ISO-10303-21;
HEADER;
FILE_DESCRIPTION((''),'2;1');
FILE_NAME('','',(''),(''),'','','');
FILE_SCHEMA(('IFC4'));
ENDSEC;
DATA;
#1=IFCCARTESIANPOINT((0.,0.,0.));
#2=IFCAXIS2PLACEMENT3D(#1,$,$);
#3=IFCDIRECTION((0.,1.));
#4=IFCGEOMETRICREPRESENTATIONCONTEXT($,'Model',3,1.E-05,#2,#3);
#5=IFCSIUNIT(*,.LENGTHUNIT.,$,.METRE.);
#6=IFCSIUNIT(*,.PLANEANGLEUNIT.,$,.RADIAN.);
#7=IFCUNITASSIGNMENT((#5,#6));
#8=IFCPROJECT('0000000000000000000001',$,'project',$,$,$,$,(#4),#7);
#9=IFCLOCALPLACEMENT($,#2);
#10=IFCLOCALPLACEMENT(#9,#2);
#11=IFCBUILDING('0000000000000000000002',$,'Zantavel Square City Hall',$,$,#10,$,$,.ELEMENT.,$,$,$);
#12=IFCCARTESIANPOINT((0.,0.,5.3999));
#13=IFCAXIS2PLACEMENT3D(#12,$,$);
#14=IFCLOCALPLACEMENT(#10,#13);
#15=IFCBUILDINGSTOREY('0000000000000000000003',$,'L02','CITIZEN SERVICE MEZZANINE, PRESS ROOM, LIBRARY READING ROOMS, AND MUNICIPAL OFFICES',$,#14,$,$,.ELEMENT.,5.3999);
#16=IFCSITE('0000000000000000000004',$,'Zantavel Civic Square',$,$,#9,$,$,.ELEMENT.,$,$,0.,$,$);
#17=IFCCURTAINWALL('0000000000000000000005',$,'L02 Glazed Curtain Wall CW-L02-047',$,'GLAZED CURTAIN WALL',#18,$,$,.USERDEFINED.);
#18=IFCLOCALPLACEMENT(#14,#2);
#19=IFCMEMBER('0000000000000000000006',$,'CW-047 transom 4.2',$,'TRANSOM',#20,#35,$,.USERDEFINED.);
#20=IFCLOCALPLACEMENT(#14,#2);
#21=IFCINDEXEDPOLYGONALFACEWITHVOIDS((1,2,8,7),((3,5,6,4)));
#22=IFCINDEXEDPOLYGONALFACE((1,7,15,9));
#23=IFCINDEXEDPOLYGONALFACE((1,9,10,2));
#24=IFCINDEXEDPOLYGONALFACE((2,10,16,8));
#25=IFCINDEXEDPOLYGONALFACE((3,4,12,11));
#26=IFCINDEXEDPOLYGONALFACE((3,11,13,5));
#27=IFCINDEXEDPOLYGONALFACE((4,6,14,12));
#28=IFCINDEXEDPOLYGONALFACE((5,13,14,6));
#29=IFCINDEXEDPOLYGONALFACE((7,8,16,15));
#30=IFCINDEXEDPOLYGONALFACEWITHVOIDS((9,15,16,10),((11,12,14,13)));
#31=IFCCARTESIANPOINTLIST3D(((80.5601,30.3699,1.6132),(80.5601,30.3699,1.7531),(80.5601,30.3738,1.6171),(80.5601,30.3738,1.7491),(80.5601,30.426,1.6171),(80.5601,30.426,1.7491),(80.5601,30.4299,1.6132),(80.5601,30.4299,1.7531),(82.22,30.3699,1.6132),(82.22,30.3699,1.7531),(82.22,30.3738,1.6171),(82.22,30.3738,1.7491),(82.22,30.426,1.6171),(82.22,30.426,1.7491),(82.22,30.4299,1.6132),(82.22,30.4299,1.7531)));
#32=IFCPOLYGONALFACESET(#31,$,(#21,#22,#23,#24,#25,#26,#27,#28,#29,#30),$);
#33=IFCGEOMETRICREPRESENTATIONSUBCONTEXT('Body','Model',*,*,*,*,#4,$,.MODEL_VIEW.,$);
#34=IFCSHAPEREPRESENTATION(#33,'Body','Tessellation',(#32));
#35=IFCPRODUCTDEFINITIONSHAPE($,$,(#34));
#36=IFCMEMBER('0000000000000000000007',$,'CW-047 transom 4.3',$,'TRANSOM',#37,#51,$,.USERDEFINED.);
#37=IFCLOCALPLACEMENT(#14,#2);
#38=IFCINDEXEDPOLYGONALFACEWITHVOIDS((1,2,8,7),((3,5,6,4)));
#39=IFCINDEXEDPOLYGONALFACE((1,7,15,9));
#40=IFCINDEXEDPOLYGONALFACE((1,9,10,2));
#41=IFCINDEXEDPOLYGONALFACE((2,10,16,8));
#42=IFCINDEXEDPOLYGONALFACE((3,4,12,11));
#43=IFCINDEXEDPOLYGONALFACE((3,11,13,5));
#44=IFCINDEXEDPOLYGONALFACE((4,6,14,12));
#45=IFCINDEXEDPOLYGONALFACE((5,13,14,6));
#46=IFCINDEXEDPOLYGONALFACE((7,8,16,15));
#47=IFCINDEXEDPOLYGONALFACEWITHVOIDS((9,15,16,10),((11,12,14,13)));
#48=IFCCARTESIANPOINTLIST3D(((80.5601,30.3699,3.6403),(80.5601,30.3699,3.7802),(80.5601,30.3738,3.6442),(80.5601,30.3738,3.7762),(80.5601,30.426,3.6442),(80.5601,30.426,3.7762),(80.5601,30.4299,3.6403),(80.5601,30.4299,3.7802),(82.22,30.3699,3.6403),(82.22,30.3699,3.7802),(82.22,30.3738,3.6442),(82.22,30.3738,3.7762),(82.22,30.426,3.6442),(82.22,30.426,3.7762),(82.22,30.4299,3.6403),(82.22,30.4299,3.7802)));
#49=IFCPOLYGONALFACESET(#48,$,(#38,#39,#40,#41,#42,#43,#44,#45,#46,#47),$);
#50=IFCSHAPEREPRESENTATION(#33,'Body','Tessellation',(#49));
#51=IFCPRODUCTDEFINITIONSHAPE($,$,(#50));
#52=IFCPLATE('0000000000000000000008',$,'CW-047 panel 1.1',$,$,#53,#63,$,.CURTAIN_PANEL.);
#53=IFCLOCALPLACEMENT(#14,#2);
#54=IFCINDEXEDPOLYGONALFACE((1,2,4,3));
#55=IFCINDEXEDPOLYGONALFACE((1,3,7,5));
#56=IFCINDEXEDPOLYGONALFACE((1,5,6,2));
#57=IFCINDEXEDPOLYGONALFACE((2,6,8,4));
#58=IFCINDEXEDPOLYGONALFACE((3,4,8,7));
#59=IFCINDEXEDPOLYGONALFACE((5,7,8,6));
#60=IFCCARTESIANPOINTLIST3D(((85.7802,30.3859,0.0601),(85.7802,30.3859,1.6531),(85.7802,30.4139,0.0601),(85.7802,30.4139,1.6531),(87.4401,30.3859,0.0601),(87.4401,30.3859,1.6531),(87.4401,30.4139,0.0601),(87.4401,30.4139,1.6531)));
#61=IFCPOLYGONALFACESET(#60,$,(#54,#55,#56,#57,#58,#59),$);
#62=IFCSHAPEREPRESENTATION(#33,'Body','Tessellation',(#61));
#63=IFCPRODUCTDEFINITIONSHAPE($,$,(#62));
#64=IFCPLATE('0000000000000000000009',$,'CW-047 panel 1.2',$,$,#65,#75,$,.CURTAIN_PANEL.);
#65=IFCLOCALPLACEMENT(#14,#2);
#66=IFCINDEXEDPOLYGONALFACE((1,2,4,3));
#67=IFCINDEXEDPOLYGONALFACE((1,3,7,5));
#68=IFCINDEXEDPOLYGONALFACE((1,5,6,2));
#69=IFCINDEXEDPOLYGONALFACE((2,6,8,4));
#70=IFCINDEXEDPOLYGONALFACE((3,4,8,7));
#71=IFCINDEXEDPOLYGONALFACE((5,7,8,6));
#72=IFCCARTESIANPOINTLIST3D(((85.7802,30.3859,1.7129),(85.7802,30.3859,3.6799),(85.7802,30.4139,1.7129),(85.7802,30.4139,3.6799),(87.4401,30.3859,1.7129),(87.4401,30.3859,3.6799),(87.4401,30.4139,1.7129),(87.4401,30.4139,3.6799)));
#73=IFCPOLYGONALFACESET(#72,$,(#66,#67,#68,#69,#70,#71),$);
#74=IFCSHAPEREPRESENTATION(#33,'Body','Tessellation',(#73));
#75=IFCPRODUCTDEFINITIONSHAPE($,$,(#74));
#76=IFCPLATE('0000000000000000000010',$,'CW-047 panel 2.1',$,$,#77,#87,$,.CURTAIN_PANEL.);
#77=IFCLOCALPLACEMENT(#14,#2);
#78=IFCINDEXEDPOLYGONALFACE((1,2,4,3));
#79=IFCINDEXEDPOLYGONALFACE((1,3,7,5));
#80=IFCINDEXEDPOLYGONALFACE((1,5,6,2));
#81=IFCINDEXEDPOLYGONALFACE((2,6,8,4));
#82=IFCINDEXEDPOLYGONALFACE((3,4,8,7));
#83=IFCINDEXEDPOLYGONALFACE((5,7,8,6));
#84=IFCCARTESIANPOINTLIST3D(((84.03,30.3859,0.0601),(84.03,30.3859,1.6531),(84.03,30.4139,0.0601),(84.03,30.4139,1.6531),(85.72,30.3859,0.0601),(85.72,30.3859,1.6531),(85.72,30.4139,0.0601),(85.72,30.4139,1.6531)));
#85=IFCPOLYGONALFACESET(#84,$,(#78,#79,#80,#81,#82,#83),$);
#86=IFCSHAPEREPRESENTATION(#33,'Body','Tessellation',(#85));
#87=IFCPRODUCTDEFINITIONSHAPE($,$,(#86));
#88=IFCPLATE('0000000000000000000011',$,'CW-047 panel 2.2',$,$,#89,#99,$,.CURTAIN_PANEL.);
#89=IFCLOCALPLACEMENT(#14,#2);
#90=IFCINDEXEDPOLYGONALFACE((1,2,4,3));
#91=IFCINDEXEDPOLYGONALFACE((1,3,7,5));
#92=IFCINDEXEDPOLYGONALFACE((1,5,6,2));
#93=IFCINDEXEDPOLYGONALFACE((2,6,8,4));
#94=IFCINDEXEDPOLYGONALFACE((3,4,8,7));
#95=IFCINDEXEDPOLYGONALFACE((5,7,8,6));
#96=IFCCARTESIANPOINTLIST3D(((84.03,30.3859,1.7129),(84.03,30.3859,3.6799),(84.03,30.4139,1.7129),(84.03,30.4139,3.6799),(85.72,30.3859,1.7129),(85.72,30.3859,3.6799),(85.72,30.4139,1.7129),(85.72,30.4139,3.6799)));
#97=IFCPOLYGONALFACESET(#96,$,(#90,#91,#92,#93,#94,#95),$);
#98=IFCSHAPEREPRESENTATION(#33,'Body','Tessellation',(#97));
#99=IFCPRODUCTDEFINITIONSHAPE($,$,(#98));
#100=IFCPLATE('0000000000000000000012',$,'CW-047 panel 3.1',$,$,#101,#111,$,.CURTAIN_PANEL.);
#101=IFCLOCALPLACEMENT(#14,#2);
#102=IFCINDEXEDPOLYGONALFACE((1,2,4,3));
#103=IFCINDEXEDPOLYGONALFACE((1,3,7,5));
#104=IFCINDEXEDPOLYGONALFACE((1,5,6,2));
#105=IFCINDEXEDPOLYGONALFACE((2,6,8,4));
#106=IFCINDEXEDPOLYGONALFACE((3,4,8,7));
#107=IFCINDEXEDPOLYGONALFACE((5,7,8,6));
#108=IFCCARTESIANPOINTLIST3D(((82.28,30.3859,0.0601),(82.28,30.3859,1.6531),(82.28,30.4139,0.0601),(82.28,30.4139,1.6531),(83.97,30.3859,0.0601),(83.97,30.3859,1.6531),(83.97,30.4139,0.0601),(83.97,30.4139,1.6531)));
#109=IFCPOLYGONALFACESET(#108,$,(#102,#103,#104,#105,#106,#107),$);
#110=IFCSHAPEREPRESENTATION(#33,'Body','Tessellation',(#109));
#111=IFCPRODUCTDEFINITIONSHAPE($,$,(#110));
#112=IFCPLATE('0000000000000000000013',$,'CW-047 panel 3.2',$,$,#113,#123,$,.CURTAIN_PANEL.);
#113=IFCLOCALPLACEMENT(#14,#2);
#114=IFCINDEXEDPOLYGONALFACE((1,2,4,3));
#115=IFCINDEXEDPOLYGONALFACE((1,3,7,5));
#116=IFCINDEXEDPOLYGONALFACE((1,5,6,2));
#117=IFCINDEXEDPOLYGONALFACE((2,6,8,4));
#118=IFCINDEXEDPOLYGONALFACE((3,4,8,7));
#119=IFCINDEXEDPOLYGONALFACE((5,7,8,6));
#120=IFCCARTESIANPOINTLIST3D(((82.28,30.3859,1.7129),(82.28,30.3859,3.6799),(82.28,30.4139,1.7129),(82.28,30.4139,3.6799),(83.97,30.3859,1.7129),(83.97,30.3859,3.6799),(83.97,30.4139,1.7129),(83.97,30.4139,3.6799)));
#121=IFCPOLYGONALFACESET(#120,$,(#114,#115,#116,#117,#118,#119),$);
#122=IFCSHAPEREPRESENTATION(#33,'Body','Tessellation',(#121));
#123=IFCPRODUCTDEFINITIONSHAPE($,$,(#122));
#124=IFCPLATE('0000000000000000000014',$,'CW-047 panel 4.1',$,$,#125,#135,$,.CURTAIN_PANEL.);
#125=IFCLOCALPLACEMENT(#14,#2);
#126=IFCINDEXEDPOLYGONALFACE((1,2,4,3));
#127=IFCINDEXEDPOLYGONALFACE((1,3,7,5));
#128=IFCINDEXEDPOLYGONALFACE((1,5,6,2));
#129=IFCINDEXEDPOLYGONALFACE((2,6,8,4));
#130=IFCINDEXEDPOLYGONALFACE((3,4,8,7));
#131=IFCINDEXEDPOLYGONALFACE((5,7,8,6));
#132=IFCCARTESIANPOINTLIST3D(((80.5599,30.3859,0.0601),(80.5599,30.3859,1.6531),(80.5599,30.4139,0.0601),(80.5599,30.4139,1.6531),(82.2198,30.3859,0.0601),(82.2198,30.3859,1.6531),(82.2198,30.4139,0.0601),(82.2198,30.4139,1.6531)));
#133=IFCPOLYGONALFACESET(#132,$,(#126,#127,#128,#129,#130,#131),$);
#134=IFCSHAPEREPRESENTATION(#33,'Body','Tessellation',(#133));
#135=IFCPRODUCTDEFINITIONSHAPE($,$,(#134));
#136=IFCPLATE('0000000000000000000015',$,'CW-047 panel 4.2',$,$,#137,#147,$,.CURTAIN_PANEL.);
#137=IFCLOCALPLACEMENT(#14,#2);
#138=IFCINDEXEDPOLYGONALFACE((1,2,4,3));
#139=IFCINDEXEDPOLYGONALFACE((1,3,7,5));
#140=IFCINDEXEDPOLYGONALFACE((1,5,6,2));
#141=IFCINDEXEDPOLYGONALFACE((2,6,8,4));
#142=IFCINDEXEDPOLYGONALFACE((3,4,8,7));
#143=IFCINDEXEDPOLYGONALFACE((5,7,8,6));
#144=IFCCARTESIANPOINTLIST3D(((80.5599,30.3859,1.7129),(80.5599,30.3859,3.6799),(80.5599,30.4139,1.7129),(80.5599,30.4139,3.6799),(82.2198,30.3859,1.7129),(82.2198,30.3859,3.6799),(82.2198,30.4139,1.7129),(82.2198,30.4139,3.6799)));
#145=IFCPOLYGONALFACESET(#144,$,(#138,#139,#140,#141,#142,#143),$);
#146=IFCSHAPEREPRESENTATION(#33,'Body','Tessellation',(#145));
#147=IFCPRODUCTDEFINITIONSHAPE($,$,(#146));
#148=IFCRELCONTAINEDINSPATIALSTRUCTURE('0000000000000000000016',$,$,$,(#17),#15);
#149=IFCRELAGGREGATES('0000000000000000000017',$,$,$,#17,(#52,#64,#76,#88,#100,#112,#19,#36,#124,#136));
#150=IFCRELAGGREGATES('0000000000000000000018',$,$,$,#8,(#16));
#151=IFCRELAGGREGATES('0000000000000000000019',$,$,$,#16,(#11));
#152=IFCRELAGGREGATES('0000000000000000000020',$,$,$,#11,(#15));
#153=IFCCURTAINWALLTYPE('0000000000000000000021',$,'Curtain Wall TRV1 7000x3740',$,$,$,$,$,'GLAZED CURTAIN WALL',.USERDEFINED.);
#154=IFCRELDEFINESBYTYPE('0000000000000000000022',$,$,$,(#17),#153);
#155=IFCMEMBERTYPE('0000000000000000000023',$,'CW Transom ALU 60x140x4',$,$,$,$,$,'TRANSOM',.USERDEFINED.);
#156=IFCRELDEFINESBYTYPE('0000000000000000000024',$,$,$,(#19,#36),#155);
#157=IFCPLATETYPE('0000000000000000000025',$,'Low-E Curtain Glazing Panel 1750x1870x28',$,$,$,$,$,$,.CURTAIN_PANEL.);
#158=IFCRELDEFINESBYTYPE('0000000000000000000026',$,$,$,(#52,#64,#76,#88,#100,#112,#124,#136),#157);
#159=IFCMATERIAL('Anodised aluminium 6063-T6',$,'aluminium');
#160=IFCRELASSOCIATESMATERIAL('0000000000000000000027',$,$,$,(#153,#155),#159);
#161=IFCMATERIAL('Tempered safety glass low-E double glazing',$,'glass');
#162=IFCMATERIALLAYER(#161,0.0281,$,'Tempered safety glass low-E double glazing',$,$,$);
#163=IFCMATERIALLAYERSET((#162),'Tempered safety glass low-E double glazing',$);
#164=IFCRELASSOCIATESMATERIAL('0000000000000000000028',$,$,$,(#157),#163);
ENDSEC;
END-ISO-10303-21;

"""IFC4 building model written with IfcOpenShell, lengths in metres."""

from ifc_helpers import new_model, si_unit, direction, frame, origin, origin_2d, place, context, subcontext, project, spatial, rectangle, hollow_rectangle, extrude, material, layer, layer_set, material_profile, profile_set, type_object, element, aggregate, save


model = new_model("IFC4")

# Units and contexts
model_context = context("Model", 3, precision=1e-05, world=origin(), true_north=direction((0.0, 1.0)))
body_context = subcontext(model_context, "Body", "Model", "MODEL_VIEW")
ifc_project = project(units=[si_unit("LENGTHUNIT", "METRE"), si_unit("PLANEANGLEUNIT", "RADIAN")], contexts=[model_context])

# Site, building, storey
site_placement = place(None, origin())
site = spatial("IfcSite", under=ifc_project, at=site_placement, Name="Zantavel Civic Square", CompositionType="ELEMENT", RefElevation=0.0)
building_placement = place(site_placement, origin())
building = spatial("IfcBuilding", under=site, at=building_placement, Name="Zantavel Square City Hall", CompositionType="ELEMENT")
storey_placement = place(building_placement, frame((0.0, 0.0, 5.3999)))
storey = spatial("IfcBuildingStorey", under=building, at=storey_placement, Name="L02", Description="CITIZEN SERVICE MEZZANINE, PRESS ROOM, LIBRARY READING ROOMS, AND MUNICIPAL OFFICES", CompositionType="ELEMENT", Elevation=5.3999)

# Curtain wall, members, plates
ifc_material_1 = material(Name="Anodised aluminium 6063-T6", Category="aluminium")
curtain_wall_type = type_object("IfcCurtainWallType", Name="Curtain Wall TRV1 7000x3740", ElementType="GLAZED CURTAIN WALL", PredefinedType="USERDEFINED", material=ifc_material_1)
curtain_wall_placement = place(storey_placement, origin())
curtain_wall = element("IfcCurtainWall", 1, at=curtain_wall_placement, inside=storey, type_object=curtain_wall_type, Name="L02 Glazed Curtain Wall CW-L02-047", ObjectType="GLAZED CURTAIN WALL", PredefinedType="USERDEFINED")
ifc_material_profile_1 = material_profile(ifc_material_1, hollow_rectangle(XDim=0.0601, YDim=0.1399, WallThickness=0.0039, at=origin_2d()), Name="ALU 60x140x4")
ifc_profile_set_1 = profile_set([ifc_material_profile_1], Name="Anodised aluminium 6063-T6")
member_type_1 = type_object("IfcMemberType", Name="CW Transom ALU 60x140x4", ElementType="TRANSOM", PredefinedType="USERDEFINED", material=ifc_profile_set_1)
member_1_placement = place(storey_placement, frame((82.22, 30.3999, 1.6831), z_axis=(-1.0, 0.0, 0.0), x_axis=(0.0, -1.0, 0.0)))
member_1 = element("IfcMember", 2, at=member_1_placement, type_object=member_type_1, Name="CW-047 transom 4.2", ObjectType="TRANSOM", PredefinedType="USERDEFINED", context=body_context, shape_type="SweptSolid", body=[
    extrude(hollow_rectangle(XDim=0.0601, YDim=0.1399, WallThickness=0.0039, at=origin_2d()), origin(), (0.0, 0.0, 1.0), 1.6599),
])
member_2_placement = place(storey_placement, frame((82.22, 30.3999, 3.7102), z_axis=(-1.0, 0.0, 0.0), x_axis=(0.0, -1.0, 0.0)))
member_2 = element("IfcMember", 3, at=member_2_placement, type_object=member_type_1, Name="CW-047 transom 4.3", ObjectType="TRANSOM", PredefinedType="USERDEFINED", context=body_context, shape_type="SweptSolid", body=[
    extrude(hollow_rectangle(XDim=0.0601, YDim=0.1399, WallThickness=0.0039, at=origin_2d()), origin(), (0.0, 0.0, 1.0), 1.6599),
])
ifc_material_2 = material(Name="Tempered safety glass low-E double glazing", Category="glass")
ifc_layer = layer(ifc_material_2, 0.0281, Name="Tempered safety glass low-E double glazing")
ifc_layer_set = layer_set([ifc_layer], Name="Tempered safety glass low-E double glazing")
plate_type = type_object("IfcPlateType", Name="Low-E Curtain Glazing Panel 1750x1870x28", PredefinedType="CURTAIN_PANEL", material=ifc_layer_set)
plate_1_placement = place(storey_placement, frame((86.6101, 30.3999, 0.0601), z_axis=(0.0, 0.0, 1.0), x_axis=(-1.0, 0.0, 0.0)))
plate_1 = element("IfcPlate", 4, at=plate_1_placement, type_object=plate_type, Name="CW-047 panel 1.1", PredefinedType="CURTAIN_PANEL", context=body_context, shape_type="SweptSolid", body=[
    extrude(rectangle(XDim=1.6599, YDim=0.0281, at=origin_2d()), origin(), (0.0, 0.0, 1.0), 1.593),
])
plate_2_placement = place(storey_placement, frame((86.6101, 30.3999, 1.7129), z_axis=(0.0, 0.0, 1.0), x_axis=(-1.0, 0.0, 0.0)))
plate_2 = element("IfcPlate", 5, at=plate_2_placement, type_object=plate_type, Name="CW-047 panel 1.2", PredefinedType="CURTAIN_PANEL", context=body_context, shape_type="SweptSolid", body=[
    extrude(rectangle(XDim=1.6599, YDim=0.0281, at=origin_2d()), origin(), (0.0, 0.0, 1.0), 1.967),
])
plate_3_placement = place(storey_placement, frame((84.875, 30.3999, 0.0601), z_axis=(0.0, 0.0, 1.0), x_axis=(-1.0, 0.0, 0.0)))
plate_3 = element("IfcPlate", 6, at=plate_3_placement, type_object=plate_type, Name="CW-047 panel 2.1", PredefinedType="CURTAIN_PANEL", context=body_context, shape_type="SweptSolid", body=[
    extrude(rectangle(XDim=1.6899, YDim=0.0281, at=origin_2d()), origin(), (0.0, 0.0, 1.0), 1.593),
])
plate_4_placement = place(storey_placement, frame((84.875, 30.3999, 1.7129), z_axis=(0.0, 0.0, 1.0), x_axis=(-1.0, 0.0, 0.0)))
plate_4 = element("IfcPlate", 7, at=plate_4_placement, type_object=plate_type, Name="CW-047 panel 2.2", PredefinedType="CURTAIN_PANEL", context=body_context, shape_type="SweptSolid", body=[
    extrude(rectangle(XDim=1.6899, YDim=0.0281, at=origin_2d()), origin(), (0.0, 0.0, 1.0), 1.967),
])
plate_5_placement = place(storey_placement, frame((83.125, 30.3999, 0.0601), z_axis=(0.0, 0.0, 1.0), x_axis=(-1.0, 0.0, 0.0)))
plate_5 = element("IfcPlate", 8, at=plate_5_placement, type_object=plate_type, Name="CW-047 panel 3.1", PredefinedType="CURTAIN_PANEL", context=body_context, shape_type="SweptSolid", body=[
    extrude(rectangle(XDim=1.6899, YDim=0.0281, at=origin_2d()), origin(), (0.0, 0.0, 1.0), 1.593),
])
plate_6_placement = place(storey_placement, frame((83.125, 30.3999, 1.7129), z_axis=(0.0, 0.0, 1.0), x_axis=(-1.0, 0.0, 0.0)))
plate_6 = element("IfcPlate", 9, at=plate_6_placement, type_object=plate_type, Name="CW-047 panel 3.2", PredefinedType="CURTAIN_PANEL", context=body_context, shape_type="SweptSolid", body=[
    extrude(rectangle(XDim=1.6899, YDim=0.0281, at=origin_2d()), origin(), (0.0, 0.0, 1.0), 1.967),
])
plate_7_placement = place(storey_placement, frame((81.3899, 30.3999, 0.0601), z_axis=(0.0, 0.0, 1.0), x_axis=(-1.0, 0.0, 0.0)))
plate_7 = element("IfcPlate", 10, at=plate_7_placement, type_object=plate_type, Name="CW-047 panel 4.1", PredefinedType="CURTAIN_PANEL", context=body_context, shape_type="SweptSolid", body=[
    extrude(rectangle(XDim=1.6599, YDim=0.0281, at=origin_2d()), origin(), (0.0, 0.0, 1.0), 1.593),
])
plate_8_placement = place(storey_placement, frame((81.3899, 30.3999, 1.7129), z_axis=(0.0, 0.0, 1.0), x_axis=(-1.0, 0.0, 0.0)))
plate_8 = element("IfcPlate", 11, at=plate_8_placement, type_object=plate_type, Name="CW-047 panel 4.2", PredefinedType="CURTAIN_PANEL", context=body_context, shape_type="SweptSolid", body=[
    extrude(rectangle(XDim=1.6599, YDim=0.0281, at=origin_2d()), origin(), (0.0, 0.0, 1.0), 1.967),
])
aggregate(curtain_wall, [plate_1, plate_2, plate_3, plate_4, plate_5, plate_6, member_1, member_2, plate_7, plate_8])

save(model, "model.ifc")
